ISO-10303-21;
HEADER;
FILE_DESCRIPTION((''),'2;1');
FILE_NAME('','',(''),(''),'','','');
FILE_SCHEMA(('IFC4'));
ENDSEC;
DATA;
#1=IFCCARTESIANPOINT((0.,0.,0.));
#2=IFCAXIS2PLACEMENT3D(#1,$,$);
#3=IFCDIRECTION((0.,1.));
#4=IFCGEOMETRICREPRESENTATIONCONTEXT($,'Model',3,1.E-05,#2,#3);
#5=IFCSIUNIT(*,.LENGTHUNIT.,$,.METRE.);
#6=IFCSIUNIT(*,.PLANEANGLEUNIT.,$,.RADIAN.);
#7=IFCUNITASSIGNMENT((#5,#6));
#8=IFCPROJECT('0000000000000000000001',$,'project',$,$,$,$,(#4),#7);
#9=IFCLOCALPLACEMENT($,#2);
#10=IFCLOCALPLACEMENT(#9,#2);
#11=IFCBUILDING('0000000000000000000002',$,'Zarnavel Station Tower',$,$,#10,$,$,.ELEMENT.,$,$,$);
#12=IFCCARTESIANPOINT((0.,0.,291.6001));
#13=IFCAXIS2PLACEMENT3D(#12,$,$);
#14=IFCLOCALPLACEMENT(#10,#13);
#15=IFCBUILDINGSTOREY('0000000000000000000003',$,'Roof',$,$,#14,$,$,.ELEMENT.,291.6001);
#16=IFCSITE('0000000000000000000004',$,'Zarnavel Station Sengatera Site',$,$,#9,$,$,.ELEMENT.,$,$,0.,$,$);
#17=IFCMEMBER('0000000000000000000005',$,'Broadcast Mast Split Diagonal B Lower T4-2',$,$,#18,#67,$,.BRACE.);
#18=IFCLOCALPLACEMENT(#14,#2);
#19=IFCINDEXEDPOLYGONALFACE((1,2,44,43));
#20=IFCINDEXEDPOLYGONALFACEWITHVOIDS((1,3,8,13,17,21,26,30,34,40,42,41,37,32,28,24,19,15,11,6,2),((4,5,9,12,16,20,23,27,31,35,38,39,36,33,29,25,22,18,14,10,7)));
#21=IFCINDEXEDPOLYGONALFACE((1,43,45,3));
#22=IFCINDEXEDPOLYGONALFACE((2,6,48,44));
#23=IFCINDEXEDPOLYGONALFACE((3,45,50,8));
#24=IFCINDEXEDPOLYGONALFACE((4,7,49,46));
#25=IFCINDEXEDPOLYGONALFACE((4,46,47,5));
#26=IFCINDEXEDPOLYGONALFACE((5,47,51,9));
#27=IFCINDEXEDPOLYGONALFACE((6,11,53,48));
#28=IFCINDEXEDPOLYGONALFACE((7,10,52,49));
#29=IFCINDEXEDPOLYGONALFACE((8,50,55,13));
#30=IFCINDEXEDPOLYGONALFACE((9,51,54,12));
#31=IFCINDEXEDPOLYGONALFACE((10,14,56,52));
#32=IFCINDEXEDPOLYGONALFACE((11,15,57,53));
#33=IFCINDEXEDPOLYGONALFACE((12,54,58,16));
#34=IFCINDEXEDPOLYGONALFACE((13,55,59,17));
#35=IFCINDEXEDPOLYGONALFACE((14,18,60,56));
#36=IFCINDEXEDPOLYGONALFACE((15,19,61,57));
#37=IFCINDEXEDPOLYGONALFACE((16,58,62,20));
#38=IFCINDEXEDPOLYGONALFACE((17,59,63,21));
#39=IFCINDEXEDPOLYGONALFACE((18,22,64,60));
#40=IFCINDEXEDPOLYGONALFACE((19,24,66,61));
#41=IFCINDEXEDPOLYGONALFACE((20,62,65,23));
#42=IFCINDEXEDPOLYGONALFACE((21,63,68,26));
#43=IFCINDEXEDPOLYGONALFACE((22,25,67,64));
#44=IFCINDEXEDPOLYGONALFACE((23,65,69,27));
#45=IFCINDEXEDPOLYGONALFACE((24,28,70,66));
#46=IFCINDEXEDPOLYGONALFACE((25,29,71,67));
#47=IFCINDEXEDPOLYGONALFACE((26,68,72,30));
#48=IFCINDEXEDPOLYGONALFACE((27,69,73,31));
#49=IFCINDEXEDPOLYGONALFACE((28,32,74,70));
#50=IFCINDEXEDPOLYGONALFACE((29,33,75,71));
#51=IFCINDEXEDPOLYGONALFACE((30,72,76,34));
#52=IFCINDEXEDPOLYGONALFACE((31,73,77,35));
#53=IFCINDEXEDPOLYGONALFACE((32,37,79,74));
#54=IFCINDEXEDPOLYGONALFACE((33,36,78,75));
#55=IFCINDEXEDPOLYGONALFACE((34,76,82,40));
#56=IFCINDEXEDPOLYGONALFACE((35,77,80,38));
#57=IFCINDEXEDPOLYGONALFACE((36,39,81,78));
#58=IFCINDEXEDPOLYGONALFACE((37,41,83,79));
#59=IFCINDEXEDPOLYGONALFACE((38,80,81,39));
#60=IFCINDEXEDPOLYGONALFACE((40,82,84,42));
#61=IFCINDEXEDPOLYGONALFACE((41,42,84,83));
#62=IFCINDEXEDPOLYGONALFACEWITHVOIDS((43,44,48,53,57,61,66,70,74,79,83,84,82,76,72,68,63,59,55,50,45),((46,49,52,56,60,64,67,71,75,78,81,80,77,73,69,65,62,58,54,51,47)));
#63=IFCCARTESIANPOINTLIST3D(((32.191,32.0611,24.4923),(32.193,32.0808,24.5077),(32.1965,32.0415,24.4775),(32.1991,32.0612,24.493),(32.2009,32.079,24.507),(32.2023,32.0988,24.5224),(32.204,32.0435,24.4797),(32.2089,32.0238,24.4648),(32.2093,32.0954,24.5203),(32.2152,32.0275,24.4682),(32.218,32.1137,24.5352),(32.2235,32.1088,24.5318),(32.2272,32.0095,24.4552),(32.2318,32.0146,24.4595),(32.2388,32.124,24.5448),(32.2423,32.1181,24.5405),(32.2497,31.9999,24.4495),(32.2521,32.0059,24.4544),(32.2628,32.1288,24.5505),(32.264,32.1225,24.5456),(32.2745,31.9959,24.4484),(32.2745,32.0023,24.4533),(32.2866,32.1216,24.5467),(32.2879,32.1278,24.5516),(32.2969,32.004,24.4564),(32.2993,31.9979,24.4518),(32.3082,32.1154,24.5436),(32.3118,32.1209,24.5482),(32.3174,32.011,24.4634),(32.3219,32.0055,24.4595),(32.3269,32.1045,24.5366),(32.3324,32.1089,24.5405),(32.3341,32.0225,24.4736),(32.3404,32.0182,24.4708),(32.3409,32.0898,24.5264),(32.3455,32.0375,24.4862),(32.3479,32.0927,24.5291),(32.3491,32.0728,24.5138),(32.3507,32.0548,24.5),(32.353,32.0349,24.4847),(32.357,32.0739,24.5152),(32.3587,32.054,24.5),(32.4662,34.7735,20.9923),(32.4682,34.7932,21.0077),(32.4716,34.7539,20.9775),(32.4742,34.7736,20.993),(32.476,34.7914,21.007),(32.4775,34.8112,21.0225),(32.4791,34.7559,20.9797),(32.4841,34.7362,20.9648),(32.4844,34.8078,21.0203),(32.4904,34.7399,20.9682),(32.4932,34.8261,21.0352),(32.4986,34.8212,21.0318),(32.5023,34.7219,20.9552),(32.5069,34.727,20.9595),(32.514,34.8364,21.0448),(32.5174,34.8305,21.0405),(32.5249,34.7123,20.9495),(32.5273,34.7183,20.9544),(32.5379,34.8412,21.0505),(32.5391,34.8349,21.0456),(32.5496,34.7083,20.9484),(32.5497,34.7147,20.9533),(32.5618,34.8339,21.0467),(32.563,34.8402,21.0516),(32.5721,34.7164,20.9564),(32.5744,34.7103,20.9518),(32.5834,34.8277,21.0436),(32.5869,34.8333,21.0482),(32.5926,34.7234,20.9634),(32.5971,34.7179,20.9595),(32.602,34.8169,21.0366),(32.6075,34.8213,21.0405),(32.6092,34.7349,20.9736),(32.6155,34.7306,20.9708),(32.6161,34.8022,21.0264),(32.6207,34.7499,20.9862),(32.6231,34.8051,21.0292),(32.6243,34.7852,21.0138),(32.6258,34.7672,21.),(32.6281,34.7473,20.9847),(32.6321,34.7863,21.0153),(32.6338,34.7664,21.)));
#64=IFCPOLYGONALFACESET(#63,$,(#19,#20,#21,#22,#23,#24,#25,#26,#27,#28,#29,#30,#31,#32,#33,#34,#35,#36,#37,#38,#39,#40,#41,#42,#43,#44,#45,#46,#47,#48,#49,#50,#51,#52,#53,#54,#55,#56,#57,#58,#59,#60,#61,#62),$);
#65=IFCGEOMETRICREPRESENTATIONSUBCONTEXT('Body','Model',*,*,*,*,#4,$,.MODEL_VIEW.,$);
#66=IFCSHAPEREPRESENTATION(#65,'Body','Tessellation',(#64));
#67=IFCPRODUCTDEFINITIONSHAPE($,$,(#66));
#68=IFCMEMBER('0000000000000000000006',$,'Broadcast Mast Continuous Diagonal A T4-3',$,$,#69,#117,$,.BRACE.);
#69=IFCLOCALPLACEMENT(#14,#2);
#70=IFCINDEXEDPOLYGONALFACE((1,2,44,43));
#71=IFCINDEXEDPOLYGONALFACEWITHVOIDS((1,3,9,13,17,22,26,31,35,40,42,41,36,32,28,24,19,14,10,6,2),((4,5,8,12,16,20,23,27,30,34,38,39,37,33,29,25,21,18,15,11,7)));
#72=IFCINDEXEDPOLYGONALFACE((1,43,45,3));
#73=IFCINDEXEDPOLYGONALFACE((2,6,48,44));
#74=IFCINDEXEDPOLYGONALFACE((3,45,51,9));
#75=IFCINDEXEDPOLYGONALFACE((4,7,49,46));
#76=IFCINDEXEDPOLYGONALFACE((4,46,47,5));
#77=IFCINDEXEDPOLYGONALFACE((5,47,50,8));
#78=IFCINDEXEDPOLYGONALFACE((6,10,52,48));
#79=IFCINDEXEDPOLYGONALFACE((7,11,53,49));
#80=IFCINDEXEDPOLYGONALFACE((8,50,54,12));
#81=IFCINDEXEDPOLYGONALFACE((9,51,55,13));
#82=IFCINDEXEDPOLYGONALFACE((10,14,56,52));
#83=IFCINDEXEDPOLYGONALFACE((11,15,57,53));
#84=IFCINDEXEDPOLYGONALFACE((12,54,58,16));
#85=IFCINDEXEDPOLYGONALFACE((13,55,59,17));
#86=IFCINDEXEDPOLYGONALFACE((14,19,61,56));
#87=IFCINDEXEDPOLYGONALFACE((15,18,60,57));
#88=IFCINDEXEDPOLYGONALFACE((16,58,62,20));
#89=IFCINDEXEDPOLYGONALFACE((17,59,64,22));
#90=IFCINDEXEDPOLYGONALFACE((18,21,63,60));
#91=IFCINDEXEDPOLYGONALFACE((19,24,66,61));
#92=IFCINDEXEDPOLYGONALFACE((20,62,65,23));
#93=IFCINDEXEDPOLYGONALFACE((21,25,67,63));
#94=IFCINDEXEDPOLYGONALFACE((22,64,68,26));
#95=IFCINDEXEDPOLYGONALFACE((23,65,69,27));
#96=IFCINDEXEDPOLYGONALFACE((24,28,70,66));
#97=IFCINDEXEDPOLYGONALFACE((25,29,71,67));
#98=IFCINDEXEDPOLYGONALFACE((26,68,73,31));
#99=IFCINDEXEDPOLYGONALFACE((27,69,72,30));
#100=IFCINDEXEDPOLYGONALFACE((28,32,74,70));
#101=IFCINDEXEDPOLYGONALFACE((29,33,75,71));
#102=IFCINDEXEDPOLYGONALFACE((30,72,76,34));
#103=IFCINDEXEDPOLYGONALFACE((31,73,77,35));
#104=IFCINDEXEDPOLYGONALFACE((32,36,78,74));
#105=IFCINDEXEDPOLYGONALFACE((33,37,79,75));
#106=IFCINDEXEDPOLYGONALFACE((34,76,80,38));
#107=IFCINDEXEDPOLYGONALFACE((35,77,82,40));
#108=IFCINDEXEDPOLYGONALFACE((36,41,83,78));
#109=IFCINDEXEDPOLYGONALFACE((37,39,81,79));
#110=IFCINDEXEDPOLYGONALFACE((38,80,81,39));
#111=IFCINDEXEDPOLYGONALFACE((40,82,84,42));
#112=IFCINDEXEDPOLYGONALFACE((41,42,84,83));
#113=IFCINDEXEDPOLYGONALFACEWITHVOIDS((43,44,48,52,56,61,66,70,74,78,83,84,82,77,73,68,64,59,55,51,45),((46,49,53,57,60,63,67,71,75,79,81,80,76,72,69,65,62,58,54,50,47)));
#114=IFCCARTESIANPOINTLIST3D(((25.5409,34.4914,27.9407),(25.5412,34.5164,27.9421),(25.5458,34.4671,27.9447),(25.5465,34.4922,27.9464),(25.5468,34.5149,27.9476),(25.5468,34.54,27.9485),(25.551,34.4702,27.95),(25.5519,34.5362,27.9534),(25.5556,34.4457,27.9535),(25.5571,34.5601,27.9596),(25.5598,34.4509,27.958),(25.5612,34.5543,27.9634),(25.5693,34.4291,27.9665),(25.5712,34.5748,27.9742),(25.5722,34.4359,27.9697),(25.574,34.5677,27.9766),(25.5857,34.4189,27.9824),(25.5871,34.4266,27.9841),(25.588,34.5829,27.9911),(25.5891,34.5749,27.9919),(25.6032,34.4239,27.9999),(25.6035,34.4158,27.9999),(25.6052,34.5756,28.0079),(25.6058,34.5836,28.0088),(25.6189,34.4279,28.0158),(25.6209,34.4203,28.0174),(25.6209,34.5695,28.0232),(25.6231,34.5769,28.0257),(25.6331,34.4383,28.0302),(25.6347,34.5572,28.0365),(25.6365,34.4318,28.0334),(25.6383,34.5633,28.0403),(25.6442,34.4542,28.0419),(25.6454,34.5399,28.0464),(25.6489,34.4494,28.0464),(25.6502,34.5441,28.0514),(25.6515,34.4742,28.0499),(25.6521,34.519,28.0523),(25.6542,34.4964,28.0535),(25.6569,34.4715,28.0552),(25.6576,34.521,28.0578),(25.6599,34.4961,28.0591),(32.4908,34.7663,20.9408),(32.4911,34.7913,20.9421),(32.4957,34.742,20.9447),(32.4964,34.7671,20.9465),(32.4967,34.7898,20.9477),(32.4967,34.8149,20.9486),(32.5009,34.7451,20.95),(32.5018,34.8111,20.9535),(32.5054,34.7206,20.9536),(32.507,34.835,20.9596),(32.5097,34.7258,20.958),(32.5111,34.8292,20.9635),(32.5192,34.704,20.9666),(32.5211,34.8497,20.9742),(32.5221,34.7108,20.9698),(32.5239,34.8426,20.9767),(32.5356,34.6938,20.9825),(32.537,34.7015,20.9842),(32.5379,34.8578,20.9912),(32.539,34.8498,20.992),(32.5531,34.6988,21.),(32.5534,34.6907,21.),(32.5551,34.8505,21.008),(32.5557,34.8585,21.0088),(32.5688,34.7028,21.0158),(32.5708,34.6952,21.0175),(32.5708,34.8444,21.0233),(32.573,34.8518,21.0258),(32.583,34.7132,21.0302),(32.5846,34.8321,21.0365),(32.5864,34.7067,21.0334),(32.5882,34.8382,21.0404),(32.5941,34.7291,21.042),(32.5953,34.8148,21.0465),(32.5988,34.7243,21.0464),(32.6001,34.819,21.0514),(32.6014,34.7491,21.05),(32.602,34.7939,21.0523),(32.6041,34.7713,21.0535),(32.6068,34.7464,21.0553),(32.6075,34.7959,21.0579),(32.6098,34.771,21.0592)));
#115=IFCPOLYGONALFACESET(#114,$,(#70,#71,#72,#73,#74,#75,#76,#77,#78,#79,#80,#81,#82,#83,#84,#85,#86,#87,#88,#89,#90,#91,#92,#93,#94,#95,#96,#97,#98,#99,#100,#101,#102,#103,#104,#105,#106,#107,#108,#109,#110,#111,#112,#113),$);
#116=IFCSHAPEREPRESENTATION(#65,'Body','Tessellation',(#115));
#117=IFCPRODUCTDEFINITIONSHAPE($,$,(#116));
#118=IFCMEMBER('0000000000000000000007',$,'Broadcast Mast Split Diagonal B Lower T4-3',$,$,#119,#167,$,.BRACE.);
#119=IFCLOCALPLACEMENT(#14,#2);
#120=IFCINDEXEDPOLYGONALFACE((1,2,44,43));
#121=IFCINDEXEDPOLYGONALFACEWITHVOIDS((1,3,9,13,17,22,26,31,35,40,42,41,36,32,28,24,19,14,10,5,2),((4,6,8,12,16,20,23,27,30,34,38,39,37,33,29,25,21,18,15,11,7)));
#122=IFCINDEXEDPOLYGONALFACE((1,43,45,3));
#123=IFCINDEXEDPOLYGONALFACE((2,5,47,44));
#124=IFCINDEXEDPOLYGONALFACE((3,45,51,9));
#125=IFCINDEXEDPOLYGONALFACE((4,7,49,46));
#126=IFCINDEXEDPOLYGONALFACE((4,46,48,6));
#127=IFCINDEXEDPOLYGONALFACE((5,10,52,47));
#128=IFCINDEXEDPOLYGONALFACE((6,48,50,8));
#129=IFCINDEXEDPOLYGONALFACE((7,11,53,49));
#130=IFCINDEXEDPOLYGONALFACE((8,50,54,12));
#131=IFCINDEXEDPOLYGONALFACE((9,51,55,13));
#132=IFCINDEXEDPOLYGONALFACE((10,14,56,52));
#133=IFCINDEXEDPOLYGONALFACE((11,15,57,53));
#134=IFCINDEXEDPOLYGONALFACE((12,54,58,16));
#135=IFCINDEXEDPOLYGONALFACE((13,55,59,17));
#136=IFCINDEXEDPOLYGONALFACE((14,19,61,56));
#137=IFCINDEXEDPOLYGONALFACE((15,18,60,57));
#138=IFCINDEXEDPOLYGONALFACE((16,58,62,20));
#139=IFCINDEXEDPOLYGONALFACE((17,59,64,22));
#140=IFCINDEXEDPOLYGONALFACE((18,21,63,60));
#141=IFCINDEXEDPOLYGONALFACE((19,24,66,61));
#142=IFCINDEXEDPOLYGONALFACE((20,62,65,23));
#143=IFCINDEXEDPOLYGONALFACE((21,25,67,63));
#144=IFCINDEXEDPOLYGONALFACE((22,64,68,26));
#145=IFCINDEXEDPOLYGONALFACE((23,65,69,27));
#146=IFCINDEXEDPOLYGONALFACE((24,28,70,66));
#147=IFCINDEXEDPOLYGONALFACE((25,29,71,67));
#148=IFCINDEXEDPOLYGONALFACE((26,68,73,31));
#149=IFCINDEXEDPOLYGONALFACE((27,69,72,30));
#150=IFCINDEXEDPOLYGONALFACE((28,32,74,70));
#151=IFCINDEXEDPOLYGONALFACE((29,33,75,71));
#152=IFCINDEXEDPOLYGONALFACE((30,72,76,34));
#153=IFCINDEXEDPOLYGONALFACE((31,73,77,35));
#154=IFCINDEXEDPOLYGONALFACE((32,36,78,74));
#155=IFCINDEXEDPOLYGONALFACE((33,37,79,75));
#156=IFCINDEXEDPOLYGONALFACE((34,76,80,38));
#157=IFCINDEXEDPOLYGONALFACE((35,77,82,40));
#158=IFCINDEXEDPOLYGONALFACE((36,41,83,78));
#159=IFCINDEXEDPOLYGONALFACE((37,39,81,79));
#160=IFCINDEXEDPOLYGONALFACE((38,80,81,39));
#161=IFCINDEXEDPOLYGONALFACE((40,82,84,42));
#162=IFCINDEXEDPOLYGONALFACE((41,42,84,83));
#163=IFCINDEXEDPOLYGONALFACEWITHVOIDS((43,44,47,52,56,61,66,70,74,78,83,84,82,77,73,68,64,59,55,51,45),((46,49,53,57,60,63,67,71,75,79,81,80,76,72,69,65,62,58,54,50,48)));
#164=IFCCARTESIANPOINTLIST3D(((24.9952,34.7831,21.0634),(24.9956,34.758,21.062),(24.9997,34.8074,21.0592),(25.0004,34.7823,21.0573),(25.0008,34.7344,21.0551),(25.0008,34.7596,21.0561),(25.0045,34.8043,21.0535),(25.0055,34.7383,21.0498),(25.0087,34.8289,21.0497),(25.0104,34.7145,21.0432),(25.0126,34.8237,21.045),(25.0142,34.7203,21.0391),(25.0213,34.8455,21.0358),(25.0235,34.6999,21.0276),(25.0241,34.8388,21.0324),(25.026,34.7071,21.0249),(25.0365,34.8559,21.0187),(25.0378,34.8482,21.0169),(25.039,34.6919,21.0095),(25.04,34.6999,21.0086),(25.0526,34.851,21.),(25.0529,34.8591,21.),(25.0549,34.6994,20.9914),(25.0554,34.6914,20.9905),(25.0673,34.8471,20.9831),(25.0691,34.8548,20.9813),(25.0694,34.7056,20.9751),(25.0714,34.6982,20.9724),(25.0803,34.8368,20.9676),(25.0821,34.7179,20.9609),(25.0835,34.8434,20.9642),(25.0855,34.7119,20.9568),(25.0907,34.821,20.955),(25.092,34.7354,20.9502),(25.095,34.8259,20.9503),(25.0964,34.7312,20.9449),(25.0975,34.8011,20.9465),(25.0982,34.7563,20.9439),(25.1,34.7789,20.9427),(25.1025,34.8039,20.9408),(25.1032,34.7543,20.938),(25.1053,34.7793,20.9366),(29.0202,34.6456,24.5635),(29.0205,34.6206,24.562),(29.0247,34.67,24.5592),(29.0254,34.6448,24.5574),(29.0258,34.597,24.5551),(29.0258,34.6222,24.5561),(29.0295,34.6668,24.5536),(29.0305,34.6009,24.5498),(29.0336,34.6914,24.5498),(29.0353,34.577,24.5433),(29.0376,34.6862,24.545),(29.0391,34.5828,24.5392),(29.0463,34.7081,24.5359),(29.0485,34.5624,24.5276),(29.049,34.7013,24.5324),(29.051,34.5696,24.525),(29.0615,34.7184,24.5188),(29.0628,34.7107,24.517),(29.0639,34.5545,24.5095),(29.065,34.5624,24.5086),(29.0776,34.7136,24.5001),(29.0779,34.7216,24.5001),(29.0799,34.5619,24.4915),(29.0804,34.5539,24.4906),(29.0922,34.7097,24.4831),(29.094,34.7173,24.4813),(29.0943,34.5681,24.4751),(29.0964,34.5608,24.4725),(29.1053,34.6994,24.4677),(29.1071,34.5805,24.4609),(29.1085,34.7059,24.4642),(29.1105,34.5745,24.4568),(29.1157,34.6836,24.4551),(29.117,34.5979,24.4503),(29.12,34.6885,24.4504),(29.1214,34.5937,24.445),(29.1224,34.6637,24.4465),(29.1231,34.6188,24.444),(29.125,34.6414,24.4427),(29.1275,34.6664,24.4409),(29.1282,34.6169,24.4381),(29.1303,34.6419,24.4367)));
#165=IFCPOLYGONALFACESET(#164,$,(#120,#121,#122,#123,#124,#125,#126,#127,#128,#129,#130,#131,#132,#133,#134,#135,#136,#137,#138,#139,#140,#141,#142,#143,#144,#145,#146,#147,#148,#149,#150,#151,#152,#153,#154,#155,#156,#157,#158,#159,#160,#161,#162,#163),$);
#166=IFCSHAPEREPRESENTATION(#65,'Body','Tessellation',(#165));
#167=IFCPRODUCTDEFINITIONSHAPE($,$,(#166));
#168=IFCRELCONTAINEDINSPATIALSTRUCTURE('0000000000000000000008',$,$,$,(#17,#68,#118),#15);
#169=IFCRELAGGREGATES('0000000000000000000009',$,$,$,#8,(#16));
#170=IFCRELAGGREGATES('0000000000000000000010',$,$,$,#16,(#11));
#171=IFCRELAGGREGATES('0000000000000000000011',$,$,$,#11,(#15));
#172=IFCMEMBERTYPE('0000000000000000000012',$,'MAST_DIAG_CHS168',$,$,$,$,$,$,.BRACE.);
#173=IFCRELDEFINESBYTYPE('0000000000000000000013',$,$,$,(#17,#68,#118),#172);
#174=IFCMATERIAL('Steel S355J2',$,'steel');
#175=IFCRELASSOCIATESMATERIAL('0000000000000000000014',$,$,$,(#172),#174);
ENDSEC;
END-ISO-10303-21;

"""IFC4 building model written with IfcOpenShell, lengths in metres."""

from ifc_helpers import new_model, si_unit, direction, frame, origin, origin_2d, place, context, subcontext, project, spatial, hollow_circle, extrude, material, material_profile, profile_set, type_object, element, save


model = new_model("IFC4")

# Units and contexts
model_context = context("Model", 3, precision=1e-05, world=origin(), true_north=direction((0.0, 1.0)))
body_context = subcontext(model_context, "Body", "Model", "MODEL_VIEW")
ifc_project = project(units=[si_unit("LENGTHUNIT", "METRE"), si_unit("PLANEANGLEUNIT", "RADIAN")], contexts=[model_context])

# Site, building, storey
site_placement = place(None, origin())
site = spatial("IfcSite", under=ifc_project, at=site_placement, Name="Zarnavel Station Sengatera Site", CompositionType="ELEMENT", RefElevation=0.0)
building_placement = place(site_placement, origin())
building = spatial("IfcBuilding", under=site, at=building_placement, Name="Zarnavel Station Tower", CompositionType="ELEMENT")
storey_placement = place(building_placement, frame((0.0, 0.0, 291.6001)))
storey = spatial("IfcBuildingStorey", under=building, at=storey_placement, Name="Roof", CompositionType="ELEMENT", Elevation=291.6001)

# Members
ifc_material_1 = material(Name="Steel S355J2", Category="steel")
ifc_material_profile_1 = material_profile(ifc_material_1, hollow_circle(Radius=0.0842, WallThickness=0.0081, at=origin_2d()), Name="CHS168.3x8")
ifc_profile_set_1 = profile_set([ifc_material_profile_1], Name="Steel S355J2")
member_type_1 = type_object("IfcMemberType", Name="MAST_DIAG_CHS168", PredefinedType="BRACE", material=ifc_profile_set_1)
member_1_placement = place(storey_placement, frame((32.55, 34.7749, 21.0), z_axis=(-0.062018, -0.611379, 0.788904), x_axis=(0.994894, -0.100922, 0.0)))
element("IfcMember", 1, at=member_1_placement, inside=storey, type_object=member_type_1, Name="Broadcast Mast Split Diagonal B Lower T4-2", PredefinedType="BRACE", context=body_context, shape_type="SweptSolid", body=[
    extrude(hollow_circle(Radius=0.0842, WallThickness=0.0081, at=origin_2d()), origin(), (0.0, 0.0, 1.0), 4.4365),
])
member_2_placement = place(storey_placement, frame((32.55, 34.7749, 21.0), z_axis=(-0.704292, -0.027858, 0.709364), x_axis=(0.039524, -0.999219, 0.0)))
element("IfcMember", 2, at=member_2_placement, inside=storey, type_object=member_type_1, Name="Broadcast Mast Continuous Diagonal A T4-3", PredefinedType="BRACE", context=body_context, shape_type="SweptSolid", body=[
    extrude(hollow_circle(Radius=0.0842, WallThickness=0.0081, at=origin_2d()), origin(), (0.0, 0.0, 1.0), 9.8679),
])
member_3_placement = place(storey_placement, frame((25.05, 34.7749, 21.0), z_axis=(0.754347, -0.025761, 0.65597), x_axis=(0.03413, 0.999417, 0.0)))
element("IfcMember", 3, at=member_3_placement, inside=storey, type_object=member_type_1, Name="Broadcast Mast Split Diagonal B Lower T4-3", PredefinedType="BRACE", context=body_context, shape_type="SweptSolid", body=[
    extrude(hollow_circle(Radius=0.0842, WallThickness=0.0081, at=origin_2d()), origin(), (0.0, 0.0, 1.0), 5.3357),
])

save(model, "model.ifc")
